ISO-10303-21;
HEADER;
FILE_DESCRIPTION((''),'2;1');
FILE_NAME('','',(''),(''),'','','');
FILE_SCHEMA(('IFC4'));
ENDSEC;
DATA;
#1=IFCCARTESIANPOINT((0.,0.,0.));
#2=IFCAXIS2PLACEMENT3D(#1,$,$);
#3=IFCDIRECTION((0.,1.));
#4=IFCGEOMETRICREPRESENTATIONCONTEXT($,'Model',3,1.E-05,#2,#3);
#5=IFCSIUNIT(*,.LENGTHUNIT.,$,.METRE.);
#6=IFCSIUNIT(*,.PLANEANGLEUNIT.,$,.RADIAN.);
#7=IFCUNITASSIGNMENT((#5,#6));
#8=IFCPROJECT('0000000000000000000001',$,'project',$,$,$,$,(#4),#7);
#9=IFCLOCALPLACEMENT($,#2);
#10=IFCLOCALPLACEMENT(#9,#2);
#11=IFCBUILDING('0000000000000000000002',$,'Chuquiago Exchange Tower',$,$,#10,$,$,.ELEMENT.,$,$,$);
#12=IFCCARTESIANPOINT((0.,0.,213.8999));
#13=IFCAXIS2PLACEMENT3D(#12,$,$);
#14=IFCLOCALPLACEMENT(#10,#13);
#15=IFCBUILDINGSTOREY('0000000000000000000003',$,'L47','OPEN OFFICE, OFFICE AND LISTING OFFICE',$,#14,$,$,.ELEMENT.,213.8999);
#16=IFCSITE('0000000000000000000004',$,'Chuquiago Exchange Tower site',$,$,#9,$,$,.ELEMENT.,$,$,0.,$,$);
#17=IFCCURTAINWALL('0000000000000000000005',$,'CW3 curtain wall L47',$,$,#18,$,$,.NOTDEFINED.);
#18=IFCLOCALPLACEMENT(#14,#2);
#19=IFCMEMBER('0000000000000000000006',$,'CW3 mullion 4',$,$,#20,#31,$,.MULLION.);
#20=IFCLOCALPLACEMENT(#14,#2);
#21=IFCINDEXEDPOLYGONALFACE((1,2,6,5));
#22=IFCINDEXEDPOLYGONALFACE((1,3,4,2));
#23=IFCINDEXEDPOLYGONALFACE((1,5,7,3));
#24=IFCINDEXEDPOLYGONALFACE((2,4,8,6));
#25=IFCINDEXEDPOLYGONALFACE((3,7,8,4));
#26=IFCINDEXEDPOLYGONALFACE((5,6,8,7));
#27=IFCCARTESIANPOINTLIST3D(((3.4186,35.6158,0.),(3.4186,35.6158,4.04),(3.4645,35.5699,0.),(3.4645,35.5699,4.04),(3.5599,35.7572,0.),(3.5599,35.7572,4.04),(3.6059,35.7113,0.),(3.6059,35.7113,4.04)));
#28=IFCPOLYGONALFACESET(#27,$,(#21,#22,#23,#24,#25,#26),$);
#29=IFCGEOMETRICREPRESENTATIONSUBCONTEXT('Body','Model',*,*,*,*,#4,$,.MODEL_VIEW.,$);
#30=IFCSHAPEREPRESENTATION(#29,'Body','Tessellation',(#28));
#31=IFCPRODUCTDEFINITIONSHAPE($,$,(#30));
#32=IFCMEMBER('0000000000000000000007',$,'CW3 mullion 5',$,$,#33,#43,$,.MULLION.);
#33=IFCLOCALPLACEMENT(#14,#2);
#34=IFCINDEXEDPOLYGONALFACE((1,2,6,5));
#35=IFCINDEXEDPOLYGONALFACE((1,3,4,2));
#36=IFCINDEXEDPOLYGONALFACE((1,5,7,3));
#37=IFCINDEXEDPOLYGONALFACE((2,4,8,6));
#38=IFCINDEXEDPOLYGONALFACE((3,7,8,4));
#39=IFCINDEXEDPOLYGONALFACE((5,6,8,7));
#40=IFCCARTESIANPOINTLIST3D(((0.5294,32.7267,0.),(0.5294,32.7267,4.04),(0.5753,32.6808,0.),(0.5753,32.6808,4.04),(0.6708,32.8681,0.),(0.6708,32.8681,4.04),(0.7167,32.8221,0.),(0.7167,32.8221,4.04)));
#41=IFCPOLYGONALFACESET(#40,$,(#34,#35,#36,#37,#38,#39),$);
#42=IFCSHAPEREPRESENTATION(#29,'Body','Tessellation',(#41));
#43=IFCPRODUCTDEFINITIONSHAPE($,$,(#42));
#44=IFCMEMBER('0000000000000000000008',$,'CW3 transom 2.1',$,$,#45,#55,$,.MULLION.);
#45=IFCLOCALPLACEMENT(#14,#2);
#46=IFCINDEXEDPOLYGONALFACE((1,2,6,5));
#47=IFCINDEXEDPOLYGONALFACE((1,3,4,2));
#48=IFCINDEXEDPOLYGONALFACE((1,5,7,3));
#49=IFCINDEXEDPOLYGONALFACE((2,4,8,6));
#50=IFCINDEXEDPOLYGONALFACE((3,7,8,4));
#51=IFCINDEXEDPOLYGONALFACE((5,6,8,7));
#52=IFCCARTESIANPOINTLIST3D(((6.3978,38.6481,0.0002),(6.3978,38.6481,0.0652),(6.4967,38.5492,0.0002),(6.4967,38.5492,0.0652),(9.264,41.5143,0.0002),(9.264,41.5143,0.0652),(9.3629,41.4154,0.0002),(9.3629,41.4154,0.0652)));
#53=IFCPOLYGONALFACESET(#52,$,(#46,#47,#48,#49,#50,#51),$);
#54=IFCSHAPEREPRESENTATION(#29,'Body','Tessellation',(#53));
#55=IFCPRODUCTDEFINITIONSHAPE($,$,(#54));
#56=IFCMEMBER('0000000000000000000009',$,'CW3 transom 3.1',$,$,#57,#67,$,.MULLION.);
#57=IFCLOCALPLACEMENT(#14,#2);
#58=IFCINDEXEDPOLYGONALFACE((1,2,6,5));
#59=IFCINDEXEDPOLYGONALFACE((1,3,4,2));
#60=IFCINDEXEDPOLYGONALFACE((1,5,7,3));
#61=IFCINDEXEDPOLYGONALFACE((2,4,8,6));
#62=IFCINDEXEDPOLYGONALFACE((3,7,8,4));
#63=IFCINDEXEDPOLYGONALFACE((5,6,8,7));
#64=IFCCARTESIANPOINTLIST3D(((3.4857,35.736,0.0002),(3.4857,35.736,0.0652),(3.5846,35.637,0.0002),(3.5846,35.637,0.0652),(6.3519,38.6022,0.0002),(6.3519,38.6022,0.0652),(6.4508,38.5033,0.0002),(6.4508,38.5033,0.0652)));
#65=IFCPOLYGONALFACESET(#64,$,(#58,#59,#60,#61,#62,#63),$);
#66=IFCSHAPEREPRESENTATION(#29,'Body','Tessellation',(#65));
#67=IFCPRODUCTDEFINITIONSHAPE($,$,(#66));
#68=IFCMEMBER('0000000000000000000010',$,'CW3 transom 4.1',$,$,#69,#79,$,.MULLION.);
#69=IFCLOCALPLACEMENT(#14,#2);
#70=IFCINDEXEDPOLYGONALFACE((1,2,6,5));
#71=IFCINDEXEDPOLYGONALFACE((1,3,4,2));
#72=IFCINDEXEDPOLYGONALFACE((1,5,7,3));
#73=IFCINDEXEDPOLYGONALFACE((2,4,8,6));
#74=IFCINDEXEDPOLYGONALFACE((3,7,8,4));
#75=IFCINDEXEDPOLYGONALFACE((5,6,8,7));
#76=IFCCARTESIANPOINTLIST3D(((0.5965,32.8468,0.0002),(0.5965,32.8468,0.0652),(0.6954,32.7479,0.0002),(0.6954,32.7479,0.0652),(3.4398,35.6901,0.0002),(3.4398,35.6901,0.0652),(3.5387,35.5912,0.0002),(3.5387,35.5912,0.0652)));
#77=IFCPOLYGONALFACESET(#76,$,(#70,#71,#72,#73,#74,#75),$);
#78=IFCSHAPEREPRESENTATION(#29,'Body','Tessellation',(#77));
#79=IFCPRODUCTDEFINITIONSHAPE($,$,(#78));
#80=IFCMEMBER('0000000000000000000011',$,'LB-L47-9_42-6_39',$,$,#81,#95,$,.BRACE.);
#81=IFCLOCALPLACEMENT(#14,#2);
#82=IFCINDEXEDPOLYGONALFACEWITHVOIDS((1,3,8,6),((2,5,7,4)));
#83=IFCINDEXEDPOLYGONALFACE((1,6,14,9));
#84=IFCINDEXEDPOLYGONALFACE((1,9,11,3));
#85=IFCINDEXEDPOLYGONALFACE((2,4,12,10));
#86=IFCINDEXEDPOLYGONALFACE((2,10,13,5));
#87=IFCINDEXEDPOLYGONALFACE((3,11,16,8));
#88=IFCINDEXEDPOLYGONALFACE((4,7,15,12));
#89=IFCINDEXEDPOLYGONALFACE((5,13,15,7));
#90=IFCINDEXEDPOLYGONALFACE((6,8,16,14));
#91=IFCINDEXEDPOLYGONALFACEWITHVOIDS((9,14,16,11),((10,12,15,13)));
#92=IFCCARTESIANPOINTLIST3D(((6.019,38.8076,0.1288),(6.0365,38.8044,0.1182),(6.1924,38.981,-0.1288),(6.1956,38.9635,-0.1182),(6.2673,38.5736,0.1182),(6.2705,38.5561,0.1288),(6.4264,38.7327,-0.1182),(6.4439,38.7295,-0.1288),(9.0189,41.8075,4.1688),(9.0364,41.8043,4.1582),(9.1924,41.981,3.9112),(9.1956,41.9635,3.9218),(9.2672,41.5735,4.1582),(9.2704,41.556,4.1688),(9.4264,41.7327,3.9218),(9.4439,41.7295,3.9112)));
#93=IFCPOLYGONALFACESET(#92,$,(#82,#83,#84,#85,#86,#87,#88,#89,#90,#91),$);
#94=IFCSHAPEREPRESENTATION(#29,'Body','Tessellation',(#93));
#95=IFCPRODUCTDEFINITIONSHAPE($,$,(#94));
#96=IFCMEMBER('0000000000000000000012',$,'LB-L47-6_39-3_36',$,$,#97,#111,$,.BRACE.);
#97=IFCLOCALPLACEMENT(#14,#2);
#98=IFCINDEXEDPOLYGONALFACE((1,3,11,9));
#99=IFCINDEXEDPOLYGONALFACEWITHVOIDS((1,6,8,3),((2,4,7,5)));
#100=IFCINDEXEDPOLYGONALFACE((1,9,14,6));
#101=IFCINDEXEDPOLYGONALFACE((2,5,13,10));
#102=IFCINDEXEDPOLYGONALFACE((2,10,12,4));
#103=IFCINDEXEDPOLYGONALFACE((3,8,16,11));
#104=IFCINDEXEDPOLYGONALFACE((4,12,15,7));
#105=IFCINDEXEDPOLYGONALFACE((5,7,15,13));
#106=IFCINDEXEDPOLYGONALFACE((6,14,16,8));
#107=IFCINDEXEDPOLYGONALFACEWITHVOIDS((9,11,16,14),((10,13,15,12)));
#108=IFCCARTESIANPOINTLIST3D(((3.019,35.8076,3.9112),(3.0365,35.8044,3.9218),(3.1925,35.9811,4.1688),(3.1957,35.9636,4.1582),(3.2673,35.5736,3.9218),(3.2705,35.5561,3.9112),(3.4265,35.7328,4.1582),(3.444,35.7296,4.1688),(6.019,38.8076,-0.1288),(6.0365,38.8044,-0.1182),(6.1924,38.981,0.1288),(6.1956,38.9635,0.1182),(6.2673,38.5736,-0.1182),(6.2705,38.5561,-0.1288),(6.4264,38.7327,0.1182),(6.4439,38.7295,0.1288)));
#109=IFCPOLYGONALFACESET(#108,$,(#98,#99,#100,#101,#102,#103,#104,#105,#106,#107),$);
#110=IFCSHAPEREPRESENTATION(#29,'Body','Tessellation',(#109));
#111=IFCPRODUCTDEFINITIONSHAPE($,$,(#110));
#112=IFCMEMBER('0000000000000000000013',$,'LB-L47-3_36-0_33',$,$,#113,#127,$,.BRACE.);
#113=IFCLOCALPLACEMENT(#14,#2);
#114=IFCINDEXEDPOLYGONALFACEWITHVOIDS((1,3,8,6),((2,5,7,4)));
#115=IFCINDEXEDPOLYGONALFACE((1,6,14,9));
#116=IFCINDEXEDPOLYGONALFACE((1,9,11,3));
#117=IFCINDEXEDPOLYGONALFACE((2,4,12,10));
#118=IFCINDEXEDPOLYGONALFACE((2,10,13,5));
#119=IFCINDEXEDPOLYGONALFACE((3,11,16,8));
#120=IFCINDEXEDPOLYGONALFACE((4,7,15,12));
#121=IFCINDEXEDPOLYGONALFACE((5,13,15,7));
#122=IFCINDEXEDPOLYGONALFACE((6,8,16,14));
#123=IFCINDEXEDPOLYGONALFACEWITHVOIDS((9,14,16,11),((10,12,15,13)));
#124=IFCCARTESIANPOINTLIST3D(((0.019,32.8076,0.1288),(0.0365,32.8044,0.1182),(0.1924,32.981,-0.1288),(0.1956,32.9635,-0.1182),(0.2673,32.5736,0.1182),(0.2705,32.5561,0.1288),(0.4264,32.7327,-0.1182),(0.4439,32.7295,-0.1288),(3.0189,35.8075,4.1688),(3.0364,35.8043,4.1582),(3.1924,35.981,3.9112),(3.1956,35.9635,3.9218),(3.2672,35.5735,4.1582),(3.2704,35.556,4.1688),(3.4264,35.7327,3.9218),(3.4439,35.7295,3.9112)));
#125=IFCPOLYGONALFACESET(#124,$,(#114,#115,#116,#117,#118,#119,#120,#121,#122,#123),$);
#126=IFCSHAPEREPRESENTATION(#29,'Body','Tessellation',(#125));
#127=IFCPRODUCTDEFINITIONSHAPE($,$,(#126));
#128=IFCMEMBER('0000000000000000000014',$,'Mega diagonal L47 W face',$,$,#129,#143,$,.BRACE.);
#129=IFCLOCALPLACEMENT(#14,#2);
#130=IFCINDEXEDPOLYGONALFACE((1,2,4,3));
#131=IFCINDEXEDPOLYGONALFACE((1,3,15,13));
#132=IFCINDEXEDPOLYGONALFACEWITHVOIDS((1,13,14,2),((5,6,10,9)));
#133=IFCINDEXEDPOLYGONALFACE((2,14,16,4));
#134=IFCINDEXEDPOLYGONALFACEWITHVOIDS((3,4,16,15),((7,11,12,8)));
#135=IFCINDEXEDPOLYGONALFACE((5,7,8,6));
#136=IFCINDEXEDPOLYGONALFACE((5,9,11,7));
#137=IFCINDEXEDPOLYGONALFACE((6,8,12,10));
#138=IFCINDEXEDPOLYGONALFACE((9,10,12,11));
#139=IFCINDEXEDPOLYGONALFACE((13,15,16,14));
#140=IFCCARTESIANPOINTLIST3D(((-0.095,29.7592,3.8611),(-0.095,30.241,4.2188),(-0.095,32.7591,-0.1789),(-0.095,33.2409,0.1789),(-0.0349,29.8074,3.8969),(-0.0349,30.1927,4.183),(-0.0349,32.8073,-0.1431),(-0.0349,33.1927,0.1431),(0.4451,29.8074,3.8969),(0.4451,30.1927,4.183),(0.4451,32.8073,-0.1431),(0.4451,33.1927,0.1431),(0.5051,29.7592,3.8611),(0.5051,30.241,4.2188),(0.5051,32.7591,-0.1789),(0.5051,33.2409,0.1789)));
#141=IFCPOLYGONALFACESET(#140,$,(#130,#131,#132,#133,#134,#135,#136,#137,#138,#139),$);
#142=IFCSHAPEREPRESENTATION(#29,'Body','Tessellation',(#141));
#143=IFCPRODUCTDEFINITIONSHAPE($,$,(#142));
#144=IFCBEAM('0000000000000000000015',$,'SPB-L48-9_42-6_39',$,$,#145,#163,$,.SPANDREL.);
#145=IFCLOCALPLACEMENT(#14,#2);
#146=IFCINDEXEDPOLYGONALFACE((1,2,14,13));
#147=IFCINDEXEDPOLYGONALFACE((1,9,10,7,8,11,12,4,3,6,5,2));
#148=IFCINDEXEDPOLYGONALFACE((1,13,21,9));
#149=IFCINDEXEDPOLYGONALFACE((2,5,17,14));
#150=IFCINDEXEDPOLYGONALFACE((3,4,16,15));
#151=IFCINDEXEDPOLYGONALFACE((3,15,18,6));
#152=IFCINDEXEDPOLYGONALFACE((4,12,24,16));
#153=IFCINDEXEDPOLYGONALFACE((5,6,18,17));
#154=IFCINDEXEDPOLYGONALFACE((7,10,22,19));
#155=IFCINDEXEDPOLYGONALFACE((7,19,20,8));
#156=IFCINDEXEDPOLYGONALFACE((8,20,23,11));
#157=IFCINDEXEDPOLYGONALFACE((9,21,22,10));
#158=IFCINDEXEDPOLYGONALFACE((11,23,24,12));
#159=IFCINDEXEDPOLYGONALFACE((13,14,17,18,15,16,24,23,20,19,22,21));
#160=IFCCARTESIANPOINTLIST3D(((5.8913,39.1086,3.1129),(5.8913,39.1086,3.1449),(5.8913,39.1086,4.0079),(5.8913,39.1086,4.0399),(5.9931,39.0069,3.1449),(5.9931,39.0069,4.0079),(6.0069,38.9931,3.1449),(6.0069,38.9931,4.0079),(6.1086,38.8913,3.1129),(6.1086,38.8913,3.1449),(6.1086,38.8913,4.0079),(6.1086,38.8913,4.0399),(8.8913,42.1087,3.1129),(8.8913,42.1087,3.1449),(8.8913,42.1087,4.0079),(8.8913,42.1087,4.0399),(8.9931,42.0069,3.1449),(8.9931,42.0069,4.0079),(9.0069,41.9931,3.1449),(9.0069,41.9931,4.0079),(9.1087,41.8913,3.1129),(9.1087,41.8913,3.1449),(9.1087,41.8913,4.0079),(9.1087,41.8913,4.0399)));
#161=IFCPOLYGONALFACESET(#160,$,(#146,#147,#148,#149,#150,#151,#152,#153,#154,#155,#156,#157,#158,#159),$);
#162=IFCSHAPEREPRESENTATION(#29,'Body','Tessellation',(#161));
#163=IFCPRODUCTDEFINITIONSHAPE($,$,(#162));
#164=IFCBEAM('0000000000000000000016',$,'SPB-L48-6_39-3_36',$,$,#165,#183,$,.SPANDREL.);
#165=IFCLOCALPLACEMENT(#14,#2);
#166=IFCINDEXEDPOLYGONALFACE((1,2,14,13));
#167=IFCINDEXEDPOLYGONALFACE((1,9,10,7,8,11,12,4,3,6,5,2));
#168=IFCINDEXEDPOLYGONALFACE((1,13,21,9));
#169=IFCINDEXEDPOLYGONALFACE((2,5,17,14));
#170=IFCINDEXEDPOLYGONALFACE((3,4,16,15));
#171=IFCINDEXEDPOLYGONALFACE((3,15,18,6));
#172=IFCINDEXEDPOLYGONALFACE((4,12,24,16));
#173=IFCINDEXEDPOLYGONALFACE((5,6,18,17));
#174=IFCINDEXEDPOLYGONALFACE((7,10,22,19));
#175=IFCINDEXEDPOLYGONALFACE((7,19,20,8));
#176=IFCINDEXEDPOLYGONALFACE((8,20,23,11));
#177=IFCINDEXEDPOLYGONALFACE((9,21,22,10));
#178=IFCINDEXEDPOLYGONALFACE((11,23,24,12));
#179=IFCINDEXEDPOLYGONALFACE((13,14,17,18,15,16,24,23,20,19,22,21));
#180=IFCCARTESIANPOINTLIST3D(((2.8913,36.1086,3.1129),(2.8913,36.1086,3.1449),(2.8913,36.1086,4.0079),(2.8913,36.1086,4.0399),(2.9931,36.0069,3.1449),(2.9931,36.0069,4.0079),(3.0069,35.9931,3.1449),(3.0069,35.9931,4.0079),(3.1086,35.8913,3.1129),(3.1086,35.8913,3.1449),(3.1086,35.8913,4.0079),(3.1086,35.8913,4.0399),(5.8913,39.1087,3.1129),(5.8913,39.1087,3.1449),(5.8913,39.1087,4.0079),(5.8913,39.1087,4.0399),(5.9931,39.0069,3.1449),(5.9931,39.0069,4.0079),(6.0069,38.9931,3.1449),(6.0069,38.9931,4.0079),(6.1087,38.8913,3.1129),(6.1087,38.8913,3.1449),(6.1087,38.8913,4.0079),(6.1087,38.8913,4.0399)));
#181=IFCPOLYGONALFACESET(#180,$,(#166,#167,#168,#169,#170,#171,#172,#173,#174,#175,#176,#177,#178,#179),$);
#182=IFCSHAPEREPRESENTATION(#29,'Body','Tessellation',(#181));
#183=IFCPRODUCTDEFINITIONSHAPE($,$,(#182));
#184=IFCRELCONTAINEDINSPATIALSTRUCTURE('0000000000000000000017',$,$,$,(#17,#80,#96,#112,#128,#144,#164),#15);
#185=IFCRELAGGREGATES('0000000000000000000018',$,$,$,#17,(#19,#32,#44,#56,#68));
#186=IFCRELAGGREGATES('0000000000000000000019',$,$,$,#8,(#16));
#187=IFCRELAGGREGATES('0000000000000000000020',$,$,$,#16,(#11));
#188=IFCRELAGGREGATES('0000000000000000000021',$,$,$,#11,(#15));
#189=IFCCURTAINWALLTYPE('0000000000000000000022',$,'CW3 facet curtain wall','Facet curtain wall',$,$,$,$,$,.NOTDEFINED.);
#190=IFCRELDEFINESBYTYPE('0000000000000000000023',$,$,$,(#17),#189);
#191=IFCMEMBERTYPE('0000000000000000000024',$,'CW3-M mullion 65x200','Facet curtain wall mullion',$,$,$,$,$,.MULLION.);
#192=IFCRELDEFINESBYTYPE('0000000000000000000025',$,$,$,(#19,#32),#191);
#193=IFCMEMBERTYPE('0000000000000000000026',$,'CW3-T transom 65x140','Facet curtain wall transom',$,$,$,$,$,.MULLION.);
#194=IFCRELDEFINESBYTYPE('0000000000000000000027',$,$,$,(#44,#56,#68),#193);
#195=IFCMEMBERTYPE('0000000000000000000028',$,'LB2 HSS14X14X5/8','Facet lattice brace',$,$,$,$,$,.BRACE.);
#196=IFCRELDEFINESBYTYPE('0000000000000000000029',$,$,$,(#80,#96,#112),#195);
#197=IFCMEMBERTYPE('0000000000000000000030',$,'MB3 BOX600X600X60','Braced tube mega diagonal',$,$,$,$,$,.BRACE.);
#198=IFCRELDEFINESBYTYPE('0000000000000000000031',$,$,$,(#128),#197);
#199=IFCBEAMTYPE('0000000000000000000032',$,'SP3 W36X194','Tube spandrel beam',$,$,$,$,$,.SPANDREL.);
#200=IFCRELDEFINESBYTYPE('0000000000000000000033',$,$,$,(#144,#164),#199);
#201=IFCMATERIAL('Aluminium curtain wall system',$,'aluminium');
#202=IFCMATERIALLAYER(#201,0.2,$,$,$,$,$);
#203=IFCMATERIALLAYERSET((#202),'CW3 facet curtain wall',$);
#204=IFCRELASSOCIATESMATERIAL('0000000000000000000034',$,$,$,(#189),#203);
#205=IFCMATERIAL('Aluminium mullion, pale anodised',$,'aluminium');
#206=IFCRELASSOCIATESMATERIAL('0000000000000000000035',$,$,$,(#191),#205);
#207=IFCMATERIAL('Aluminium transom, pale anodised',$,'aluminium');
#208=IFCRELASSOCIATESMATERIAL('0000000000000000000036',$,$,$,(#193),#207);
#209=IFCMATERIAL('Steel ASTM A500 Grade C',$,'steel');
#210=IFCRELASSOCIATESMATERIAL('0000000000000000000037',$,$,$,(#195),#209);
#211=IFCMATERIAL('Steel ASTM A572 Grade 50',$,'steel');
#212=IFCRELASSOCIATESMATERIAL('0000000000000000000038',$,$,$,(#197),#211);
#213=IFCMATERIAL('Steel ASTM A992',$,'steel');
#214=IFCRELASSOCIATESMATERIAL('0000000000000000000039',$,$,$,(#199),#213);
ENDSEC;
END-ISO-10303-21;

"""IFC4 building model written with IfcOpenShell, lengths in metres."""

from ifc_helpers import new_model, si_unit, direction, frame, origin, origin_2d, place, context, subcontext, project, spatial, rectangle, hollow_rectangle, i_section, extrude, material, layer, layer_set, material_profile, profile_set, type_object, element, aggregate, save


model = new_model("IFC4")

# Units and contexts
model_context = context("Model", 3, precision=1e-05, world=origin(), true_north=direction((0.0, 1.0)))
body_context = subcontext(model_context, "Body", "Model", "MODEL_VIEW")
ifc_project = project(units=[si_unit("LENGTHUNIT", "METRE"), si_unit("PLANEANGLEUNIT", "RADIAN")], contexts=[model_context])

# Site, building, storey
site_placement = place(None, origin())
site = spatial("IfcSite", under=ifc_project, at=site_placement, Name="Chuquiago Exchange Tower site", CompositionType="ELEMENT", RefElevation=0.0)
building_placement = place(site_placement, origin())
building = spatial("IfcBuilding", under=site, at=building_placement, Name="Chuquiago Exchange Tower", CompositionType="ELEMENT")
storey_placement = place(building_placement, frame((0.0, 0.0, 213.8999)))
storey = spatial("IfcBuildingStorey", under=building, at=storey_placement, Name="L47", Description="OPEN OFFICE, OFFICE AND LISTING OFFICE", CompositionType="ELEMENT", Elevation=213.8999)

# Curtain wall, members
ifc_material_1 = material(Name="Aluminium curtain wall system", Category="aluminium")
ifc_layer_1 = layer(ifc_material_1, 0.2)
ifc_layer_set_1 = layer_set([ifc_layer_1], Name="CW3 facet curtain wall")
curtain_wall_type_1 = type_object("IfcCurtainWallType", Name="CW3 facet curtain wall", Description="Facet curtain wall", PredefinedType="NOTDEFINED", material=ifc_layer_set_1)
curtain_wall_1_placement = place(storey_placement, origin())
curtain_wall_1 = element("IfcCurtainWall", 1, at=curtain_wall_1_placement, inside=storey, type_object=curtain_wall_type_1, Name="CW3 curtain wall L47", PredefinedType="NOTDEFINED")
ifc_material_2 = material(Name="Aluminium mullion, pale anodised", Category="aluminium")
ifc_material_profile_1 = material_profile(ifc_material_2, rectangle(XDim=0.0649, YDim=0.2, at=origin_2d()), Name="AL 65x200")
ifc_profile_set_1 = profile_set([ifc_material_profile_1], Name="Aluminium mullion, pale anodised")
member_type_1 = type_object("IfcMemberType", Name="CW3-M mullion 65x200", Description="Facet curtain wall mullion", PredefinedType="MULLION", material=ifc_profile_set_1)
member_1_placement = place(storey_placement, frame((3.5122, 35.6636, 0.0), z_axis=(0.0, 0.0, 1.0), x_axis=(0.707107, -0.707107, 0.0)))
member_1 = element("IfcMember", 2, at=member_1_placement, type_object=member_type_1, Name="CW3 mullion 4", PredefinedType="MULLION", context=body_context, shape_type="SweptSolid", body=[
    extrude(rectangle(XDim=0.0649, YDim=0.2, at=origin_2d()), origin(), (0.0, 0.0, 1.0), 4.04),
])
member_2_placement = place(storey_placement, frame((0.623, 32.7744, 0.0), z_axis=(0.0, 0.0, 1.0), x_axis=(0.707107, -0.707107, 0.0)))
member_2 = element("IfcMember", 3, at=member_2_placement, type_object=member_type_1, Name="CW3 mullion 5", PredefinedType="MULLION", context=body_context, shape_type="SweptSolid", body=[
    extrude(rectangle(XDim=0.0649, YDim=0.2, at=origin_2d()), origin(), (0.0, 0.0, 1.0), 4.04),
])
ifc_material_3 = material(Name="Aluminium transom, pale anodised", Category="aluminium")
ifc_material_profile_2 = material_profile(ifc_material_3, rectangle(XDim=0.1399, YDim=0.0649, at=origin_2d()), Name="AL 140x65")
ifc_profile_set_2 = profile_set([ifc_material_profile_2], Name="Aluminium transom, pale anodised")
member_type_2 = type_object("IfcMemberType", Name="CW3-T transom 65x140", Description="Facet curtain wall transom", PredefinedType="MULLION", material=ifc_profile_set_2)
member_3_placement = place(storey_placement, frame((9.3135, 41.4648, 0.0327), z_axis=(-0.707107, -0.707107, 0.0), x_axis=(0.707107, -0.707107, 0.0)))
member_3 = element("IfcMember", 4, at=member_3_placement, type_object=member_type_2, Name="CW3 transom 2.1", PredefinedType="MULLION", context=body_context, shape_type="SweptSolid", body=[
    extrude(rectangle(XDim=0.1399, YDim=0.0649, at=origin_2d()), origin(), (0.0, 0.0, 1.0), 4.0535),
])
member_4_placement = place(storey_placement, frame((6.4014, 38.5527, 0.0327), z_axis=(-0.707107, -0.707107, 0.0), x_axis=(0.707107, -0.707107, 0.0)))
member_4 = element("IfcMember", 5, at=member_4_placement, type_object=member_type_2, Name="CW3 transom 3.1", PredefinedType="MULLION", context=body_context, shape_type="SweptSolid", body=[
    extrude(rectangle(XDim=0.1399, YDim=0.0649, at=origin_2d()), origin(), (0.0, 0.0, 1.0), 4.0535),
])
member_5_placement = place(storey_placement, frame((3.4893, 35.6406, 0.0327), z_axis=(-0.707107, -0.707107, 0.0), x_axis=(0.707107, -0.707107, 0.0)))
member_5 = element("IfcMember", 6, at=member_5_placement, type_object=member_type_2, Name="CW3 transom 4.1", PredefinedType="MULLION", context=body_context, shape_type="SweptSolid", body=[
    extrude(rectangle(XDim=0.1399, YDim=0.0649, at=origin_2d()), origin(), (0.0, 0.0, 1.0), 4.021),
])

# Members
ifc_material_4 = material(Name="Steel ASTM A500 Grade C", Category="steel")
ifc_material_profile_3 = material_profile(ifc_material_4, hollow_rectangle(XDim=0.3557, YDim=0.3557, WallThickness=0.0146, at=origin_2d()), Name="HSS14X14X5/8")
ifc_profile_set_3 = profile_set([ifc_material_profile_3], Name="Steel ASTM A500 Grade C")
member_type_3 = type_object("IfcMemberType", Name="LB2 HSS14X14X5/8", Description="Facet lattice brace", PredefinedType="BRACE", material=ifc_profile_set_3)
for number, where, z_axis, x_axis, name in (
    (7, (6.2314, 38.7686, 0.0), (0.512077, 0.512077, 0.689604), (-0.707107, 0.707107, 0.0), "LB-L47-9_42-6_39"),
    (8, (6.2314, 38.7686, 0.0), (-0.512077, -0.512077, 0.689604), (0.707107, -0.707107, 0.0), "LB-L47-6_39-3_36"),
    (9, (0.2314, 32.7686, 0.0), (0.512077, 0.512077, 0.689604), (-0.707107, 0.707107, 0.0), "LB-L47-3_36-0_33"),
):
    element("IfcMember", number, at=place(storey_placement, frame(where, z_axis=z_axis, x_axis=x_axis)), inside=storey, type_object=member_type_3, Name=name, PredefinedType="BRACE", context=body_context, shape_type="SweptSolid", body=[
        extrude(hollow_rectangle(XDim=0.3557, YDim=0.3557, WallThickness=0.0146, at=origin_2d()), origin(), (0.0, 0.0, 1.0), 5.8584),
    ])
ifc_material_5 = material(Name="Steel ASTM A572 Grade 50", Category="steel")
ifc_material_profile_4 = material_profile(ifc_material_5, hollow_rectangle(XDim=0.6001, YDim=0.6001, WallThickness=0.0601, at=origin_2d()), Name="BOX600X600X60")
ifc_profile_set_4 = profile_set([ifc_material_profile_4], Name="Steel ASTM A572 Grade 50")
member_type_4 = type_object("IfcMemberType", Name="MB3 BOX600X600X60", Description="Braced tube mega diagonal", PredefinedType="BRACE", material=ifc_profile_set_4)
member_6_placement = place(storey_placement, frame((0.2051, 33.0, 0.0), z_axis=(0.0, -0.596174, 0.802855), x_axis=(1.0, 0.0, 0.0)))
element("IfcMember", 10, at=member_6_placement, inside=storey, type_object=member_type_4, Name="Mega diagonal L47 W face", PredefinedType="BRACE", context=body_context, shape_type="SweptSolid", body=[
    extrude(hollow_rectangle(XDim=0.6001, YDim=0.6001, WallThickness=0.0601, at=origin_2d()), origin(), (0.0, 0.0, 1.0), 5.032),
])

# Beams
ifc_material_6 = material(Name="Steel ASTM A992", Category="steel")
ifc_material_profile_5 = material_profile(ifc_material_6, i_section(OverallWidth=0.3074, OverallDepth=0.927, WebThickness=0.0195, FlangeThickness=0.032, at=origin_2d()), Name="W36X194")
ifc_profile_set_5 = profile_set([ifc_material_profile_5], Name="Steel ASTM A992")
beam_type_1 = type_object("IfcBeamType", Name="SP3 W36X194", Description="Tube spandrel beam", PredefinedType="SPANDREL", material=ifc_profile_set_5)
for number, where, z_axis, x_axis, name in (
    (11, (9.0, 42.0, 3.5764), (-0.707107, -0.707107, 0.0), (0.707107, -0.707107, 0.0), "SPB-L48-9_42-6_39"),
    (12, (6.0, 39.0, 3.5764), (-0.707107, -0.707107, 0.0), (0.707107, -0.707107, 0.0), "SPB-L48-6_39-3_36"),
):
    element("IfcBeam", number, at=place(storey_placement, frame(where, z_axis=z_axis, x_axis=x_axis)), inside=storey, type_object=beam_type_1, Name=name, PredefinedType="SPANDREL", context=body_context, shape_type="SweptSolid", body=[
        extrude(i_section(OverallWidth=0.3074, OverallDepth=0.927, WebThickness=0.0195, FlangeThickness=0.032, at=origin_2d()), origin(), (0.0, 0.0, 1.0), 4.2427),
    ])

aggregate(curtain_wall_1, [member_1, member_2, member_3, member_4, member_5])

save(model, "model.ifc")
